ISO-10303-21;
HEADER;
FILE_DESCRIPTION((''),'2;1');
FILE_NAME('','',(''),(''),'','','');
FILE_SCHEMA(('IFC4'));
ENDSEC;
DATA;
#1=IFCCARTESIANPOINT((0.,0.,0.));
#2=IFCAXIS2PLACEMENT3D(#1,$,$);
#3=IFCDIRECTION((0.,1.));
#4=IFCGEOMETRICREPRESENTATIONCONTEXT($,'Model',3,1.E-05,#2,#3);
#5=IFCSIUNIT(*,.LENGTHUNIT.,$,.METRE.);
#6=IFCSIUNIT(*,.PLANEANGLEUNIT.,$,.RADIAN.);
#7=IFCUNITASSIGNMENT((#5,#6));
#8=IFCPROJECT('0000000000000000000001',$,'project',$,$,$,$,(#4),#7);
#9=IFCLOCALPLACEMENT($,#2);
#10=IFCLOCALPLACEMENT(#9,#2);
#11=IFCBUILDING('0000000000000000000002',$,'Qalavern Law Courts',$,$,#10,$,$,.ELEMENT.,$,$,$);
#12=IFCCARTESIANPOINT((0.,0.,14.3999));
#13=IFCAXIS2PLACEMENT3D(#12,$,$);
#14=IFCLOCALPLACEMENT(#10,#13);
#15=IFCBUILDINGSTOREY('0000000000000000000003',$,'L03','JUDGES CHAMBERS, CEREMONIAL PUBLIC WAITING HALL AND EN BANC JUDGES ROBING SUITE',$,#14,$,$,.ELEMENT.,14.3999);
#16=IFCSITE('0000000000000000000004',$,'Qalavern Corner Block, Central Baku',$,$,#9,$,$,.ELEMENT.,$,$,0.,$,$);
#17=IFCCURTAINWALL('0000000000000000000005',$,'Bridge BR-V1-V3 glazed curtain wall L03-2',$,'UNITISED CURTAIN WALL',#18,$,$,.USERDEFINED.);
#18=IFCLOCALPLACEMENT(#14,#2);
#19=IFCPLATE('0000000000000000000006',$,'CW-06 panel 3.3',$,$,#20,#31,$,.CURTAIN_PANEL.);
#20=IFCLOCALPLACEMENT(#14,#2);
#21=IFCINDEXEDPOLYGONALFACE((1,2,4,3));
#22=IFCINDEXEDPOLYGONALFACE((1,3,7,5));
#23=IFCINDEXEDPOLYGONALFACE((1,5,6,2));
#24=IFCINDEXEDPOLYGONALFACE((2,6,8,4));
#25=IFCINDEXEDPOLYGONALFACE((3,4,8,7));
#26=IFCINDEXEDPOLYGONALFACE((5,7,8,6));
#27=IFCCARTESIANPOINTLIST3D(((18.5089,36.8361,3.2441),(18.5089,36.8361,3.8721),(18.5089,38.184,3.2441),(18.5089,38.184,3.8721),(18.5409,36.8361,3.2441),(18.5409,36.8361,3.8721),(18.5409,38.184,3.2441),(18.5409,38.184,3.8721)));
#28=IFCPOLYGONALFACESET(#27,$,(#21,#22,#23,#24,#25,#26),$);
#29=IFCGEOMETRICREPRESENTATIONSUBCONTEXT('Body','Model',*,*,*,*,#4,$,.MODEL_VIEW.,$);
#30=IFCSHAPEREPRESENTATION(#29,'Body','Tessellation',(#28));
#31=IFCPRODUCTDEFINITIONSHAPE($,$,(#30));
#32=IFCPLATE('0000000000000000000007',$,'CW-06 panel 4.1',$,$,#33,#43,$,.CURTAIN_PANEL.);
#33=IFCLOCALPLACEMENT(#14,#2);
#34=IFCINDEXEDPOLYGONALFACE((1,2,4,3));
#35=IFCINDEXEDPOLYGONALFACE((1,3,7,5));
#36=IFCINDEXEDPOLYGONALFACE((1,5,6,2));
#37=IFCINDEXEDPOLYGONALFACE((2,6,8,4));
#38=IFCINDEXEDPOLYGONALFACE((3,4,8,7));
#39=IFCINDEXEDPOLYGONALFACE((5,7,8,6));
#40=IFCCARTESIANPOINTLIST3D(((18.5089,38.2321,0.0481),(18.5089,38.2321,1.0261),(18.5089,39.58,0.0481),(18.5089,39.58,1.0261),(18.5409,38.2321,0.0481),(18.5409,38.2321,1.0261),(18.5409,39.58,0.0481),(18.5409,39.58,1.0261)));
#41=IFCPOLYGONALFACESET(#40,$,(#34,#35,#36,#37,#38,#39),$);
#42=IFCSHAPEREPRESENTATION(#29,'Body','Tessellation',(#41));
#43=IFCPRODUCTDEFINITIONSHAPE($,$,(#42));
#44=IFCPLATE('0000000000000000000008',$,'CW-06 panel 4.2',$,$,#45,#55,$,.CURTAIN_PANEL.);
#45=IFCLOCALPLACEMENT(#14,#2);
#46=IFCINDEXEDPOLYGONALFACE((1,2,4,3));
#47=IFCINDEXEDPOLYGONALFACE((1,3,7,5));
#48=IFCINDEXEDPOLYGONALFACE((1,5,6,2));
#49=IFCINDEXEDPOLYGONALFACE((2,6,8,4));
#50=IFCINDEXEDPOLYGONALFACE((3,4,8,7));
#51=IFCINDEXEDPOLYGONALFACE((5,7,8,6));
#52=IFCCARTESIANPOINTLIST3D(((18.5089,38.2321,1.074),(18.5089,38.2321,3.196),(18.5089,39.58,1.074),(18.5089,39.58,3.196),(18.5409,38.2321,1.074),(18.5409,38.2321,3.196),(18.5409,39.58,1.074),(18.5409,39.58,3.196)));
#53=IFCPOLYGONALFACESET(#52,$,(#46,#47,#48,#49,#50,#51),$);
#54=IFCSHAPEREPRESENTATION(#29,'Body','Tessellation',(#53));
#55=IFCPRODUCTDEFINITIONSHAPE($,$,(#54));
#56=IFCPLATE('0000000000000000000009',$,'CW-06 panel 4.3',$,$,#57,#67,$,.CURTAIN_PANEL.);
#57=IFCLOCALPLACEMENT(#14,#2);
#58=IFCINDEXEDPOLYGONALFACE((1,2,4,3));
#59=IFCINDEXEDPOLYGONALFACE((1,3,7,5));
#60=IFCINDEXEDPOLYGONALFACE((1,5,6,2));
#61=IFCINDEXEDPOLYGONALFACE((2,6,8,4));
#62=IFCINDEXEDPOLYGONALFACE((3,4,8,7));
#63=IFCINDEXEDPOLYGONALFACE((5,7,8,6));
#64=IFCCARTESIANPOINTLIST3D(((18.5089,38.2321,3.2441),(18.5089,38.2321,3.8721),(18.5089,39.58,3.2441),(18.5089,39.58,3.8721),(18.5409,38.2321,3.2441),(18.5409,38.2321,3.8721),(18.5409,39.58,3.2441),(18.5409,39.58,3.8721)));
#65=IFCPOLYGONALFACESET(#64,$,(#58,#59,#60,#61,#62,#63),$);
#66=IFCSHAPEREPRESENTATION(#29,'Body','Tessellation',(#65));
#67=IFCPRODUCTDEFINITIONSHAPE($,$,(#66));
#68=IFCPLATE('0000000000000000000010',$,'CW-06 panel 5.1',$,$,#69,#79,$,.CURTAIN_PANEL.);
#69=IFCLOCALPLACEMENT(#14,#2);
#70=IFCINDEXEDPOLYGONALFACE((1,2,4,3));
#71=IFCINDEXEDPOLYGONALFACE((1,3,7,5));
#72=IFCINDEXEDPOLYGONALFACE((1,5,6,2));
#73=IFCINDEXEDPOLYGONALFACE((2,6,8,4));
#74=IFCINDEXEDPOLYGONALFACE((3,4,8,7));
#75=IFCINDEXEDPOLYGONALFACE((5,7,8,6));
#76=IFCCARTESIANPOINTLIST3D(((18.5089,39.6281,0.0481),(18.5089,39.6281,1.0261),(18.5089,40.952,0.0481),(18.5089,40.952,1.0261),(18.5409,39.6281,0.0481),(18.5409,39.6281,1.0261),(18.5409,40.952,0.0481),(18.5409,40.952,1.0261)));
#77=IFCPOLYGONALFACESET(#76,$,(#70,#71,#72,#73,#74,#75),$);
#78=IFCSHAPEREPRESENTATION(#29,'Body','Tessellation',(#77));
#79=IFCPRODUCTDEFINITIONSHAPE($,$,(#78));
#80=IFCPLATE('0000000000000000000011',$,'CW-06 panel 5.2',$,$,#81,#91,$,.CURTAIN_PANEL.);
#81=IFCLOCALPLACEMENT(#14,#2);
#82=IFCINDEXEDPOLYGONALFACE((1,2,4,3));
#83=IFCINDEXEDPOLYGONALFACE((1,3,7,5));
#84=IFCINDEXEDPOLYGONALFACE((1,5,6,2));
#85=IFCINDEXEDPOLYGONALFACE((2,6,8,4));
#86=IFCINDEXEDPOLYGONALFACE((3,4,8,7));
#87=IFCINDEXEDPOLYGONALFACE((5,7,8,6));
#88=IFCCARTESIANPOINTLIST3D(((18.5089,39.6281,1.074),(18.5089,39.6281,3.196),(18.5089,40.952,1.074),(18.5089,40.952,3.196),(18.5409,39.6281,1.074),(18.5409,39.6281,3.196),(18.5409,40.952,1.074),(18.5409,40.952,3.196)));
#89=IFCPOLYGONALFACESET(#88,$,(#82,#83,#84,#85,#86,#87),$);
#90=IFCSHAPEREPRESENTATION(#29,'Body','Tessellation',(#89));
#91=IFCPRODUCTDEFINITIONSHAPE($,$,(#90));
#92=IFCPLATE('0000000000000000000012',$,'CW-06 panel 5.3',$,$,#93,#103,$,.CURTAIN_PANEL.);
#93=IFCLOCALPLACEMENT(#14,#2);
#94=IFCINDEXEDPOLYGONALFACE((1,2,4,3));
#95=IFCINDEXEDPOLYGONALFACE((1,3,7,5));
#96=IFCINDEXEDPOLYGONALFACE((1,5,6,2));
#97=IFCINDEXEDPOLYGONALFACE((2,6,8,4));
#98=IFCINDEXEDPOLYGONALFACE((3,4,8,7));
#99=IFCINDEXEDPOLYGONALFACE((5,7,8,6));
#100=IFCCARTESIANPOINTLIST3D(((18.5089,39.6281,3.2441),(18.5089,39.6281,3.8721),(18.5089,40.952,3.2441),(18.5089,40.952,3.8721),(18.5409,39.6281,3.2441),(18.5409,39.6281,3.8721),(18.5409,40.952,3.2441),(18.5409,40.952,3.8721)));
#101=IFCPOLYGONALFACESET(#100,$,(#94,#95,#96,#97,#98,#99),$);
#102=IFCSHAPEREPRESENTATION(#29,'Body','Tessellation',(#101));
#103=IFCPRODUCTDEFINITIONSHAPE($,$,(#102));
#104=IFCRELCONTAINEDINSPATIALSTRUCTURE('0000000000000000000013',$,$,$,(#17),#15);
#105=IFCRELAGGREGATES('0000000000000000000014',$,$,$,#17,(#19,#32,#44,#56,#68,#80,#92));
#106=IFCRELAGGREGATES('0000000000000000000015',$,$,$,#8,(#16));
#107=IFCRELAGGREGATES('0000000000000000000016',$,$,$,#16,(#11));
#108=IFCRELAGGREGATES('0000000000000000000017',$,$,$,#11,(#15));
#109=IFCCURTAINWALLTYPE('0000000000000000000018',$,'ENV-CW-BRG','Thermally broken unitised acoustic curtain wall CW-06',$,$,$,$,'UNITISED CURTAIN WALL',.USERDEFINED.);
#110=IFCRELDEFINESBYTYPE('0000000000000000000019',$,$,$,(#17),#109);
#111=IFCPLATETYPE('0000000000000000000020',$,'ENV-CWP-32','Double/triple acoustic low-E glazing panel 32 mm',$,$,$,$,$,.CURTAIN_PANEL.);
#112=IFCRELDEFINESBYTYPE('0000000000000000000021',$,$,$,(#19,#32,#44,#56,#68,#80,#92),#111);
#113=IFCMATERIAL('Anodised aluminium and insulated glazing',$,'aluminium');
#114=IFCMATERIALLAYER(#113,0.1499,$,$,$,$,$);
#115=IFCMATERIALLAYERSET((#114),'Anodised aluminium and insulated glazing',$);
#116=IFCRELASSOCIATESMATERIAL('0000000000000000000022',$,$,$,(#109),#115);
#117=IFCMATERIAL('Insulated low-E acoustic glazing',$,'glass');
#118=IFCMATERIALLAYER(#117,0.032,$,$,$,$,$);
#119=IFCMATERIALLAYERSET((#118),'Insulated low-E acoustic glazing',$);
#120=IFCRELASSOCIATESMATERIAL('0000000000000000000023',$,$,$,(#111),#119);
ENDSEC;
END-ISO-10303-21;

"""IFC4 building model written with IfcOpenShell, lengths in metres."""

from ifc_helpers import new_model, si_unit, direction, frame, origin, origin_2d, place, context, subcontext, project, spatial, rectangle, extrude, material, layer, layer_set, type_object, element, aggregate, save


model = new_model("IFC4")

# Units and contexts
model_context = context("Model", 3, precision=1e-05, world=origin(), true_north=direction((0.0, 1.0)))
body_context = subcontext(model_context, "Body", "Model", "MODEL_VIEW")
ifc_project = project(units=[si_unit("LENGTHUNIT", "METRE"), si_unit("PLANEANGLEUNIT", "RADIAN")], contexts=[model_context])

# Site, building, storey
site_placement = place(None, origin())
site = spatial("IfcSite", under=ifc_project, at=site_placement, Name="Qalavern Corner Block, Central Baku", CompositionType="ELEMENT", RefElevation=0.0)
building_placement = place(site_placement, origin())
building = spatial("IfcBuilding", under=site, at=building_placement, Name="Qalavern Law Courts", CompositionType="ELEMENT")
storey_placement = place(building_placement, frame((0.0, 0.0, 14.3999)))
storey = spatial("IfcBuildingStorey", under=building, at=storey_placement, Name="L03", Description="JUDGES CHAMBERS, CEREMONIAL PUBLIC WAITING HALL AND EN BANC JUDGES ROBING SUITE", CompositionType="ELEMENT", Elevation=14.3999)

# Curtain wall
ifc_material_1 = material(Name="Anodised aluminium and insulated glazing", Category="aluminium")
ifc_layer_1 = layer(ifc_material_1, 0.1499)
ifc_layer_set_1 = layer_set([ifc_layer_1], Name="Anodised aluminium and insulated glazing")
curtain_wall_type = type_object("IfcCurtainWallType", Name="ENV-CW-BRG", Description="Thermally broken unitised acoustic curtain wall CW-06", ElementType="UNITISED CURTAIN WALL", PredefinedType="USERDEFINED", material=ifc_layer_set_1)
curtain_wall_1_placement = place(storey_placement, origin())
curtain_wall_1 = element("IfcCurtainWall", 1, at=curtain_wall_1_placement, inside=storey, type_object=curtain_wall_type, Name="Bridge BR-V1-V3 glazed curtain wall L03-2", ObjectType="UNITISED CURTAIN WALL", PredefinedType="USERDEFINED")

# Plates
ifc_material_2 = material(Name="Insulated low-E acoustic glazing", Category="glass")
ifc_layer_2 = layer(ifc_material_2, 0.032)
ifc_layer_set_2 = layer_set([ifc_layer_2], Name="Insulated low-E acoustic glazing")
plate_type = type_object("IfcPlateType", Name="ENV-CWP-32", Description="Double/triple acoustic low-E glazing panel 32 mm", PredefinedType="CURTAIN_PANEL", material=ifc_layer_set_2)
plate_1_placement = place(storey_placement, frame((18.5249, 37.51, 3.2441), z_axis=(0.0, 0.0, 1.0), x_axis=(0.0, 1.0, 0.0)))
plate_1 = element("IfcPlate", 2, at=plate_1_placement, type_object=plate_type, Name="CW-06 panel 3.3", PredefinedType="CURTAIN_PANEL", context=body_context, shape_type="SweptSolid", body=[
    extrude(rectangle(XDim=1.3479, YDim=0.032, at=origin_2d()), origin(), (0.0, 0.0, 1.0), 0.6279),
])
plate_2_placement = place(storey_placement, frame((18.5249, 38.906, 0.0481), z_axis=(0.0, 0.0, 1.0), x_axis=(0.0, 1.0, 0.0)))
plate_2 = element("IfcPlate", 3, at=plate_2_placement, type_object=plate_type, Name="CW-06 panel 4.1", PredefinedType="CURTAIN_PANEL", context=body_context, shape_type="SweptSolid", body=[
    extrude(rectangle(XDim=1.3479, YDim=0.032, at=origin_2d()), origin(), (0.0, 0.0, 1.0), 0.978),
])
plate_3_placement = place(storey_placement, frame((18.5249, 38.906, 1.074), z_axis=(0.0, 0.0, 1.0), x_axis=(0.0, 1.0, 0.0)))
plate_3 = element("IfcPlate", 4, at=plate_3_placement, type_object=plate_type, Name="CW-06 panel 4.2", PredefinedType="CURTAIN_PANEL", context=body_context, shape_type="SweptSolid", body=[
    extrude(rectangle(XDim=1.3479, YDim=0.032, at=origin_2d()), origin(), (0.0, 0.0, 1.0), 2.1221),
])
plate_4_placement = place(storey_placement, frame((18.5249, 38.906, 3.2441), z_axis=(0.0, 0.0, 1.0), x_axis=(0.0, 1.0, 0.0)))
plate_4 = element("IfcPlate", 5, at=plate_4_placement, type_object=plate_type, Name="CW-06 panel 4.3", PredefinedType="CURTAIN_PANEL", context=body_context, shape_type="SweptSolid", body=[
    extrude(rectangle(XDim=1.3479, YDim=0.032, at=origin_2d()), origin(), (0.0, 0.0, 1.0), 0.6279),
])
plate_5_placement = place(storey_placement, frame((18.5249, 40.29, 0.0481), z_axis=(0.0, 0.0, 1.0), x_axis=(0.0, 1.0, 0.0)))
plate_5 = element("IfcPlate", 6, at=plate_5_placement, type_object=plate_type, Name="CW-06 panel 5.1", PredefinedType="CURTAIN_PANEL", context=body_context, shape_type="SweptSolid", body=[
    extrude(rectangle(XDim=1.324, YDim=0.032, at=origin_2d()), origin(), (0.0, 0.0, 1.0), 0.978),
])
plate_6_placement = place(storey_placement, frame((18.5249, 40.29, 1.074), z_axis=(0.0, 0.0, 1.0), x_axis=(0.0, 1.0, 0.0)))
plate_6 = element("IfcPlate", 7, at=plate_6_placement, type_object=plate_type, Name="CW-06 panel 5.2", PredefinedType="CURTAIN_PANEL", context=body_context, shape_type="SweptSolid", body=[
    extrude(rectangle(XDim=1.324, YDim=0.032, at=origin_2d()), origin(), (0.0, 0.0, 1.0), 2.1221),
])
plate_7_placement = place(storey_placement, frame((18.5249, 40.29, 3.2441), z_axis=(0.0, 0.0, 1.0), x_axis=(0.0, 1.0, 0.0)))
plate_7 = element("IfcPlate", 8, at=plate_7_placement, type_object=plate_type, Name="CW-06 panel 5.3", PredefinedType="CURTAIN_PANEL", context=body_context, shape_type="SweptSolid", body=[
    extrude(rectangle(XDim=1.324, YDim=0.032, at=origin_2d()), origin(), (0.0, 0.0, 1.0), 0.6279),
])
aggregate(curtain_wall_1, [plate_1, plate_2, plate_3, plate_4, plate_5, plate_6, plate_7])

save(model, "model.ifc")
